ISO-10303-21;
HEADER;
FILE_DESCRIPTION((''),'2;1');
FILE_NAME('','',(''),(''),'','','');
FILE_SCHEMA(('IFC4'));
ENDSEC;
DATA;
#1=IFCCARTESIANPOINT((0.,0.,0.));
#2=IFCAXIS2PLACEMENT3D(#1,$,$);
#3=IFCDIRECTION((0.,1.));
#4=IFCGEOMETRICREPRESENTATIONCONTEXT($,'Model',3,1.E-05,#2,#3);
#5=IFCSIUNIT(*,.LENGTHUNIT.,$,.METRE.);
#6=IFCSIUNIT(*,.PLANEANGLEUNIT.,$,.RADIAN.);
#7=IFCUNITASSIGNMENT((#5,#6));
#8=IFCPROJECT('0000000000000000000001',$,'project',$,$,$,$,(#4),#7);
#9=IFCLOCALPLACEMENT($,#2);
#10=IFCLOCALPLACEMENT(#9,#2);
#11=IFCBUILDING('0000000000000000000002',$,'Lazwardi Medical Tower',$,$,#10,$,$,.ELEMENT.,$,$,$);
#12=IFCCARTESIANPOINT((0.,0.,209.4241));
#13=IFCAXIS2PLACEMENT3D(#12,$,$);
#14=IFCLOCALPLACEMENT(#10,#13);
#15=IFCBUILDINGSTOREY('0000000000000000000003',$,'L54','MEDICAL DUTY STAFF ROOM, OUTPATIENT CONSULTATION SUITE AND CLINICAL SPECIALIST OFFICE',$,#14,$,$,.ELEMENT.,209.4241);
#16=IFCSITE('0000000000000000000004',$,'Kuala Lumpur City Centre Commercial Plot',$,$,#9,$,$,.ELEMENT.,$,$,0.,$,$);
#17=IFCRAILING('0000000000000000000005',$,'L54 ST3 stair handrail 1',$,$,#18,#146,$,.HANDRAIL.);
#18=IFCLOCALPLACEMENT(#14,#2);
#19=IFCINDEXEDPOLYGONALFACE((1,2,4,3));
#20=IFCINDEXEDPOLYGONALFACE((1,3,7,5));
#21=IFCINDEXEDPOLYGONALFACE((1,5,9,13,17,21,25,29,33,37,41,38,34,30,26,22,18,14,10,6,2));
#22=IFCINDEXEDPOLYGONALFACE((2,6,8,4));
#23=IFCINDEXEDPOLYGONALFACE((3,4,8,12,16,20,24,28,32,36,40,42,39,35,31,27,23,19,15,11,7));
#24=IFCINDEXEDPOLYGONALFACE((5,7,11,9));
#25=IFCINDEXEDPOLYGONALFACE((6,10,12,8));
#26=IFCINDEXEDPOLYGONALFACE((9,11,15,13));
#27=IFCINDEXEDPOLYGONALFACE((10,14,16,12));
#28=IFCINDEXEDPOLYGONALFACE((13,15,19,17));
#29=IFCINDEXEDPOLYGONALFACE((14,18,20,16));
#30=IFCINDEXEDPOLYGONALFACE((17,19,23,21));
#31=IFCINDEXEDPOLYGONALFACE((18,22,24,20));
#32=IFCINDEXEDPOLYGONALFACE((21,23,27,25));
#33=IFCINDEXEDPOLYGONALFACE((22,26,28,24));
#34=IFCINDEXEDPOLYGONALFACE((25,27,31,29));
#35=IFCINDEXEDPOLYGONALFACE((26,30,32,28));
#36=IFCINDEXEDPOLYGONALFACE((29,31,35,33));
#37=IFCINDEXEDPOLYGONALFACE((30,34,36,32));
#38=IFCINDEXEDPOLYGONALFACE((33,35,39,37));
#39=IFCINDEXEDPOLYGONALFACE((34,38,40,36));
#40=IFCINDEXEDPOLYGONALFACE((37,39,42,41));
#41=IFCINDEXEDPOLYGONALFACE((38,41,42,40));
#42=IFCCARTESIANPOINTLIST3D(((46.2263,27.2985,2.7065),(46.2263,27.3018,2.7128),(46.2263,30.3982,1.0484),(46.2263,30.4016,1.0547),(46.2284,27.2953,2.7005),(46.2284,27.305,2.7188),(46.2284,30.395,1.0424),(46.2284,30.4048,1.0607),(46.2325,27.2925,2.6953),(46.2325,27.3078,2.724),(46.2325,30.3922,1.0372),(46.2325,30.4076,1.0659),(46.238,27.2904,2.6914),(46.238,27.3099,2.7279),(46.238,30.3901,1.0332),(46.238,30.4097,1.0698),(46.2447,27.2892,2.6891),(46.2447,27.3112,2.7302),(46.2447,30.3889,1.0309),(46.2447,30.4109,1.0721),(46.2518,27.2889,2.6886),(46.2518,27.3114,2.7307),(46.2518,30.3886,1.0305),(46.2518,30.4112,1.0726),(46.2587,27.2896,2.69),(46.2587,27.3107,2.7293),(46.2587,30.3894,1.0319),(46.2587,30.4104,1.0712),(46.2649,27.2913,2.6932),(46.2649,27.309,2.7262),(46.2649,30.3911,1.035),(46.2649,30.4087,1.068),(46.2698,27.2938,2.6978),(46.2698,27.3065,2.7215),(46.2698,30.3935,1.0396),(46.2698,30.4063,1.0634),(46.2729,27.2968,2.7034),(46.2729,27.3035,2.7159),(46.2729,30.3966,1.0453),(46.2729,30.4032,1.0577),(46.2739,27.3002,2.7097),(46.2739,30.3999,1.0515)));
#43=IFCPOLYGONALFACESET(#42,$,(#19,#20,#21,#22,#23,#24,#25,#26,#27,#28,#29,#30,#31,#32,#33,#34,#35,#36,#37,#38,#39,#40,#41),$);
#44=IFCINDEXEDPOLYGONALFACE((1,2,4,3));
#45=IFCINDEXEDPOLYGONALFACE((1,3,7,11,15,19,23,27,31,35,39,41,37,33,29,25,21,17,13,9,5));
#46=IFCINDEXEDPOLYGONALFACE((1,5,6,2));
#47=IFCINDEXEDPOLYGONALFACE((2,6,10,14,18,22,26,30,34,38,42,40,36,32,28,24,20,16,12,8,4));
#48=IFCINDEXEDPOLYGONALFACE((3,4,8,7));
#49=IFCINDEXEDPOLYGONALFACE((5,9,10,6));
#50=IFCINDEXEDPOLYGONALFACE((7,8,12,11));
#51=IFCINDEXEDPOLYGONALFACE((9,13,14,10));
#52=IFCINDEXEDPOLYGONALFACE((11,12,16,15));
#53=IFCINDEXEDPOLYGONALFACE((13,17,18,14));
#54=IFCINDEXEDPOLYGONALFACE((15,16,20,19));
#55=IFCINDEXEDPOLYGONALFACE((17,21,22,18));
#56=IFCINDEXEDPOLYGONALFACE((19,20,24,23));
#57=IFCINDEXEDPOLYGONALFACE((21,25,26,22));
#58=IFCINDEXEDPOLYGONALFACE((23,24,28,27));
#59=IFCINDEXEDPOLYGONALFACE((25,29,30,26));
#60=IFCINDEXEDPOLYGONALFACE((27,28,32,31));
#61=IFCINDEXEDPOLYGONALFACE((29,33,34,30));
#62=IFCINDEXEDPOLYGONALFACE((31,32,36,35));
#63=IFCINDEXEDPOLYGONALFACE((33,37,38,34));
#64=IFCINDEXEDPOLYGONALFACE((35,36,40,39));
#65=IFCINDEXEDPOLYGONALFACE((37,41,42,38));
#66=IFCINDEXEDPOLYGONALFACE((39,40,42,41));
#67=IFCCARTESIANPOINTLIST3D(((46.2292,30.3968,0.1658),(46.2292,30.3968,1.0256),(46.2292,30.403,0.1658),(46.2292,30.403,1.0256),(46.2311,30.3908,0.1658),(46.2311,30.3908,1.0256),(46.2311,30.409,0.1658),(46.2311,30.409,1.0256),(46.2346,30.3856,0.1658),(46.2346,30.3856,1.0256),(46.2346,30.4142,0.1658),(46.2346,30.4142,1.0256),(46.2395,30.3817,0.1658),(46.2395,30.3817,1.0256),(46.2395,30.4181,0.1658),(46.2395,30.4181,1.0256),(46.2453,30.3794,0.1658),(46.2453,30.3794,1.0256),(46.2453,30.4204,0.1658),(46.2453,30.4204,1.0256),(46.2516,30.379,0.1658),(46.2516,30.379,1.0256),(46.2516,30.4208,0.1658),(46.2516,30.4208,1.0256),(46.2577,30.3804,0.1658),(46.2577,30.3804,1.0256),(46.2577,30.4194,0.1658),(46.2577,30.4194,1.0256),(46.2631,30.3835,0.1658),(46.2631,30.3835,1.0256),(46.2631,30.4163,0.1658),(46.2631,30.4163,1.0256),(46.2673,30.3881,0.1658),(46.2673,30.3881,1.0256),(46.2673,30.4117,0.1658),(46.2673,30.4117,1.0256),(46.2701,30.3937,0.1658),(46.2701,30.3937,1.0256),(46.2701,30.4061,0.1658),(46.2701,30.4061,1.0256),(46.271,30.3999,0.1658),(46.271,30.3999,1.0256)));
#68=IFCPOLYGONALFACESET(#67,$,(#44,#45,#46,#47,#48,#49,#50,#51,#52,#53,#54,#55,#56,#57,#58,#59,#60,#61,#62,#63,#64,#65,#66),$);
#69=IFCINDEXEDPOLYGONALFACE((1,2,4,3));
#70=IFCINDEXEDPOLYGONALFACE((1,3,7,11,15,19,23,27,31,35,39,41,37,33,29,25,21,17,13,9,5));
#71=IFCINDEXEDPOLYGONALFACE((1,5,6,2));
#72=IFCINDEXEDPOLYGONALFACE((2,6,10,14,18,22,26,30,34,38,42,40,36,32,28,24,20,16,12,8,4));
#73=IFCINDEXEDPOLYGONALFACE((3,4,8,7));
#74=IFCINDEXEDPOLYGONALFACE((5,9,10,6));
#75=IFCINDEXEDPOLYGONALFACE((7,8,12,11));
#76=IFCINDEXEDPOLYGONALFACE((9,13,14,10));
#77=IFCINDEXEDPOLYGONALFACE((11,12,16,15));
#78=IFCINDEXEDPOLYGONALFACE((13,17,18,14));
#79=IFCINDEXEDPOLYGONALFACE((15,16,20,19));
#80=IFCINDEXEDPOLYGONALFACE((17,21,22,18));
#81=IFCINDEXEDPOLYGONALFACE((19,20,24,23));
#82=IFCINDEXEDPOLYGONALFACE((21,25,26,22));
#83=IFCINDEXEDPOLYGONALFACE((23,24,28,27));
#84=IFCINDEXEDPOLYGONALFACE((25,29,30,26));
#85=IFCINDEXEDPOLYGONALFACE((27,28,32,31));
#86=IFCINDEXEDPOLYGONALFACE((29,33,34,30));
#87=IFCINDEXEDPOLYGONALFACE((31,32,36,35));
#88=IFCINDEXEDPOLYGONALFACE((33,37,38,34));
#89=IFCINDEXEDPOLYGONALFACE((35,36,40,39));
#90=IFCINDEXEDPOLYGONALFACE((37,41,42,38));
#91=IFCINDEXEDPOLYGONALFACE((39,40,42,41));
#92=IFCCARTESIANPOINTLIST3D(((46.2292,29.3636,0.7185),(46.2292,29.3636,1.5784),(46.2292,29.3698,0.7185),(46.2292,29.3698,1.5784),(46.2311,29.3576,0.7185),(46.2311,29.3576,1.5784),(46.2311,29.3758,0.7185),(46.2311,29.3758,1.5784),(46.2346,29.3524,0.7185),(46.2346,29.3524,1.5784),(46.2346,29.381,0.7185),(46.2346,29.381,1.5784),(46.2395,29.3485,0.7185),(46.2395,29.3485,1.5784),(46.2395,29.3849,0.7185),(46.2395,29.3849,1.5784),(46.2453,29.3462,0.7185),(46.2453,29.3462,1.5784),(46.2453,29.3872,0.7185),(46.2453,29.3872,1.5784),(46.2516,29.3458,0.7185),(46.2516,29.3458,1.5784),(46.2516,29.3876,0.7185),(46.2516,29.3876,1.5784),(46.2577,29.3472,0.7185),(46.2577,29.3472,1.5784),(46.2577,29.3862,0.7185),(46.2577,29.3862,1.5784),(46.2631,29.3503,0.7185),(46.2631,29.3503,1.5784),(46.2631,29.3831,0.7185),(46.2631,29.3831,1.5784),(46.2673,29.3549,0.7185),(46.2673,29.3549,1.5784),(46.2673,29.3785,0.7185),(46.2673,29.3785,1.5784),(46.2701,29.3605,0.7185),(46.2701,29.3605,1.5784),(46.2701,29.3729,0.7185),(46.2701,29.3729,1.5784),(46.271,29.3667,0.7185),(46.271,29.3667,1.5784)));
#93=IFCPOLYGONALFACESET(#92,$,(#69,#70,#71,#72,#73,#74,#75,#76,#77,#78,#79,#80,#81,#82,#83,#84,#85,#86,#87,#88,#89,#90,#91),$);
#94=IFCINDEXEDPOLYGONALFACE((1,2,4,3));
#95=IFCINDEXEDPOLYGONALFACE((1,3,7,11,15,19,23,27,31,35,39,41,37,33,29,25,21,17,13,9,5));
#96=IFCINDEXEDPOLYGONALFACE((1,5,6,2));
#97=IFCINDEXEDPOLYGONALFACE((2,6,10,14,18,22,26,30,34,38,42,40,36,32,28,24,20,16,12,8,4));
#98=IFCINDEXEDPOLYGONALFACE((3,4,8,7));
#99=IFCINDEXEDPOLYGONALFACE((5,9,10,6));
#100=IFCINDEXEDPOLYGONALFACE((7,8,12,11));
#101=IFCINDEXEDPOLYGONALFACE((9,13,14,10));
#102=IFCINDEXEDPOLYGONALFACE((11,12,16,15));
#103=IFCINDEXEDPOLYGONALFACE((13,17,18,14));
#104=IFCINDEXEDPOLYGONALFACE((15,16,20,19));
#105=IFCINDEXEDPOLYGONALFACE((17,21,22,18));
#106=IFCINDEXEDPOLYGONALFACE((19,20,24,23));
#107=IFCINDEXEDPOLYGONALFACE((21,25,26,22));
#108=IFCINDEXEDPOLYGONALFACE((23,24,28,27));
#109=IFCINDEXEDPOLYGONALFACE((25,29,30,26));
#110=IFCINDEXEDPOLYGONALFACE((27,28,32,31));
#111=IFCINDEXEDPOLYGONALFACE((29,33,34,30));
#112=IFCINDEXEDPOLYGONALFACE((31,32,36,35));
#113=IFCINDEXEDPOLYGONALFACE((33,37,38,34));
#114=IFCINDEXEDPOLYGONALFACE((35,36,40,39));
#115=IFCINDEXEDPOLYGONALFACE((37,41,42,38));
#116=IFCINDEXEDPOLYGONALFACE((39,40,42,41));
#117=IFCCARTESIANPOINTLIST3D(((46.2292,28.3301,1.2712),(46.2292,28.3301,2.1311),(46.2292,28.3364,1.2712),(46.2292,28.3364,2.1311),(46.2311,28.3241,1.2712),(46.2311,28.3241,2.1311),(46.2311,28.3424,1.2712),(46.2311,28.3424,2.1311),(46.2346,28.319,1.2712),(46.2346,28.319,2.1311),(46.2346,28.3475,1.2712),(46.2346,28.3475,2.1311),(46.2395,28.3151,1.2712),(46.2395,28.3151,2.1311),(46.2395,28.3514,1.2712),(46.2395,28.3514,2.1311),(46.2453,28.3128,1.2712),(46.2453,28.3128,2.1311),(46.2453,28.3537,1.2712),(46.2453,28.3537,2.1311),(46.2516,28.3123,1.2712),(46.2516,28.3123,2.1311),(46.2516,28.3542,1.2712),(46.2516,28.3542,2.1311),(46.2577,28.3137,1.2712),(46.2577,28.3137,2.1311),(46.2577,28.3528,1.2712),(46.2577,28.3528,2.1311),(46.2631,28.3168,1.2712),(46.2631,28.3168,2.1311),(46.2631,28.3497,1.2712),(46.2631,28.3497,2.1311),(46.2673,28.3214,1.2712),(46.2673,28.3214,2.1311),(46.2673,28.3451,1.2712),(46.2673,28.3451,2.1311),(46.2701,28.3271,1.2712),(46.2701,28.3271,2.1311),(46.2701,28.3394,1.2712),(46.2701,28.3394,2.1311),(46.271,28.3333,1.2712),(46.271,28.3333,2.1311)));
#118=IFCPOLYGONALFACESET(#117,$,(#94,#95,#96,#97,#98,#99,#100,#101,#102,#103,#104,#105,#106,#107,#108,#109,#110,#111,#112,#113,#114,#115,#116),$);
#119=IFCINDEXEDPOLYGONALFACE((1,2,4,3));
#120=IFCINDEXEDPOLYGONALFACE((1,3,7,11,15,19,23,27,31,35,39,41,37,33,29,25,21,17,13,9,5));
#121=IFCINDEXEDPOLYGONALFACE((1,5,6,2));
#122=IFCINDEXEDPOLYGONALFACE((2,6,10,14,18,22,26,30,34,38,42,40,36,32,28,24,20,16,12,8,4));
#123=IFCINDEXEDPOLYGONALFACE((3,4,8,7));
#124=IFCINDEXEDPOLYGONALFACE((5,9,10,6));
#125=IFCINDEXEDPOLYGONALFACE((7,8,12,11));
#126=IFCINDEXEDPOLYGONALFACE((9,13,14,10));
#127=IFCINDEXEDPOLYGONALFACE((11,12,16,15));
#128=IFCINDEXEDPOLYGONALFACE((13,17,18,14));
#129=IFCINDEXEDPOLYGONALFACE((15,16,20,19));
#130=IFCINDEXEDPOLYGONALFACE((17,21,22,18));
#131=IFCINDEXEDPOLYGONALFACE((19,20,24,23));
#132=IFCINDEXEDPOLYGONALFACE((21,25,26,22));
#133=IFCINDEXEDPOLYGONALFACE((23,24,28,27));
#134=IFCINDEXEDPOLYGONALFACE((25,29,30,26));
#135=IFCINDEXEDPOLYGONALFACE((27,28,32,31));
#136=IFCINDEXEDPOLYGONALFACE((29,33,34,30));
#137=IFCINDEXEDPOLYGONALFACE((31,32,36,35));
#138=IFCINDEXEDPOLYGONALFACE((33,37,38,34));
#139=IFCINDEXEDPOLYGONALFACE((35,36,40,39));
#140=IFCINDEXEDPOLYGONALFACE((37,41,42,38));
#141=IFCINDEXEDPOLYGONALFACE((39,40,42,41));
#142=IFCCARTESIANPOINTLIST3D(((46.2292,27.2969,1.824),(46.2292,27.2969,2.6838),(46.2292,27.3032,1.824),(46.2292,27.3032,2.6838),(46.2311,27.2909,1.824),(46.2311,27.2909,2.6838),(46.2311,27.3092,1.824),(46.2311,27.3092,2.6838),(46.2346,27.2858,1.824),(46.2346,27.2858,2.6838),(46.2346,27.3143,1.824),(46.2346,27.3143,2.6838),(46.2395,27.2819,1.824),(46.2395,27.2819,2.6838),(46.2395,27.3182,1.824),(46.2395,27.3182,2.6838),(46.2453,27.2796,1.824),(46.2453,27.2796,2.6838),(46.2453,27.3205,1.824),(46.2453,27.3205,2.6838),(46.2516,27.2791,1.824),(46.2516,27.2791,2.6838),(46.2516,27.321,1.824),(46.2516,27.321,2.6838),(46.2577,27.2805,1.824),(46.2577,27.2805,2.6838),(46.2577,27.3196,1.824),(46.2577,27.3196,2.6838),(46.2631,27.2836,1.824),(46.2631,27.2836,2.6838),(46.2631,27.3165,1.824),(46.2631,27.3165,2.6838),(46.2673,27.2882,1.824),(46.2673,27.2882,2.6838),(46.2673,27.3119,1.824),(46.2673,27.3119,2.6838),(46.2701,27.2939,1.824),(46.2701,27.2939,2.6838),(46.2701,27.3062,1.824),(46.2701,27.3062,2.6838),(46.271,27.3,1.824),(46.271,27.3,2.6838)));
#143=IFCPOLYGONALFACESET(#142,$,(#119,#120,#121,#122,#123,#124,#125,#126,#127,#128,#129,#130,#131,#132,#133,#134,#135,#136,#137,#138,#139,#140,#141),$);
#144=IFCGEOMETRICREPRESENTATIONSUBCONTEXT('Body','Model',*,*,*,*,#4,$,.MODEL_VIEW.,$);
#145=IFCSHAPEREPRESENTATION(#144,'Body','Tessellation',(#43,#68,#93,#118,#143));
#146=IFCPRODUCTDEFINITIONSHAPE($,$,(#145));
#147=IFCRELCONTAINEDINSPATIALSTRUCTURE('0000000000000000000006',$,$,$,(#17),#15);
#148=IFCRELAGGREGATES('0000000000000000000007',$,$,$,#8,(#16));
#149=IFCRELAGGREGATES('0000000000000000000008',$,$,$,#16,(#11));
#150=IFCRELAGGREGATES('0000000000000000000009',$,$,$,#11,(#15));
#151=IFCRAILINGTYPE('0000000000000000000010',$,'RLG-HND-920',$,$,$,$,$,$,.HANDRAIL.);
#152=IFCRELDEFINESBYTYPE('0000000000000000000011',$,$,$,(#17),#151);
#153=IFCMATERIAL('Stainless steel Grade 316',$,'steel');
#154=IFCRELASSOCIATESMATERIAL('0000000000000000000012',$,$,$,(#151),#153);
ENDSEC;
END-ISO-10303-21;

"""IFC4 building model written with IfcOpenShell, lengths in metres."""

from ifc_helpers import new_model, si_unit, direction, frame, origin, origin_2d, place, context, subcontext, project, spatial, circle, extrude, material, type_object, element, save


model = new_model("IFC4")

# Units and contexts
model_context = context("Model", 3, precision=1e-05, world=origin(), true_north=direction((0.0, 1.0)))
body_context = subcontext(model_context, "Body", "Model", "MODEL_VIEW")
ifc_project = project(units=[si_unit("LENGTHUNIT", "METRE"), si_unit("PLANEANGLEUNIT", "RADIAN")], contexts=[model_context])

# Site, building, storey
site_placement = place(None, origin())
site = spatial("IfcSite", under=ifc_project, at=site_placement, Name="Kuala Lumpur City Centre Commercial Plot", CompositionType="ELEMENT", RefElevation=0.0)
building_placement = place(site_placement, origin())
building = spatial("IfcBuilding", under=site, at=building_placement, Name="Lazwardi Medical Tower", CompositionType="ELEMENT")
storey_placement = place(building_placement, frame((0.0, 0.0, 209.4241)))
storey = spatial("IfcBuildingStorey", under=building, at=storey_placement, Name="L54", Description="MEDICAL DUTY STAFF ROOM, OUTPATIENT CONSULTATION SUITE AND CLINICAL SPECIALIST OFFICE", CompositionType="ELEMENT", Elevation=209.4241)

# Railing
ifc_material_1 = material(Name="Stainless steel Grade 316", Category="steel")
railing_type_1 = type_object("IfcRailingType", Name="RLG-HND-920", PredefinedType="HANDRAIL", material=ifc_material_1)
railing_1_placement = place(storey_placement, frame((46.25, 30.3999, 0.1658)))
element("IfcRailing", 1, at=railing_1_placement, inside=storey, type_object=railing_type_1, Name="L54 ST3 stair handrail 1", PredefinedType="HANDRAIL", context=body_context, shape_type="SweptSolid", body=[
    extrude(circle(Radius=0.0239, at=origin_2d()), frame((0.0, 0.0, 0.8857), z_axis=(0.0, -0.881768, 0.471684), x_axis=(1.0, 0.0, 0.0)), (0.0, 0.0, 1.0), 3.5154),
    extrude(circle(Radius=0.021, at=origin_2d()), origin(), (0.0, 0.0, 1.0), 0.8599),
    extrude(circle(Radius=0.021, at=origin_2d()), frame((0.0, -1.0332, 0.5527)), (0.0, 0.0, 1.0), 0.8599),
    extrude(circle(Radius=0.021, at=origin_2d()), frame((0.0, -2.0667, 1.1055)), (0.0, 0.0, 1.0), 0.8599),
    extrude(circle(Radius=0.021, at=origin_2d()), frame((0.0, -3.0999, 1.6582)), (0.0, 0.0, 1.0), 0.8599),
])

save(model, "model.ifc")
